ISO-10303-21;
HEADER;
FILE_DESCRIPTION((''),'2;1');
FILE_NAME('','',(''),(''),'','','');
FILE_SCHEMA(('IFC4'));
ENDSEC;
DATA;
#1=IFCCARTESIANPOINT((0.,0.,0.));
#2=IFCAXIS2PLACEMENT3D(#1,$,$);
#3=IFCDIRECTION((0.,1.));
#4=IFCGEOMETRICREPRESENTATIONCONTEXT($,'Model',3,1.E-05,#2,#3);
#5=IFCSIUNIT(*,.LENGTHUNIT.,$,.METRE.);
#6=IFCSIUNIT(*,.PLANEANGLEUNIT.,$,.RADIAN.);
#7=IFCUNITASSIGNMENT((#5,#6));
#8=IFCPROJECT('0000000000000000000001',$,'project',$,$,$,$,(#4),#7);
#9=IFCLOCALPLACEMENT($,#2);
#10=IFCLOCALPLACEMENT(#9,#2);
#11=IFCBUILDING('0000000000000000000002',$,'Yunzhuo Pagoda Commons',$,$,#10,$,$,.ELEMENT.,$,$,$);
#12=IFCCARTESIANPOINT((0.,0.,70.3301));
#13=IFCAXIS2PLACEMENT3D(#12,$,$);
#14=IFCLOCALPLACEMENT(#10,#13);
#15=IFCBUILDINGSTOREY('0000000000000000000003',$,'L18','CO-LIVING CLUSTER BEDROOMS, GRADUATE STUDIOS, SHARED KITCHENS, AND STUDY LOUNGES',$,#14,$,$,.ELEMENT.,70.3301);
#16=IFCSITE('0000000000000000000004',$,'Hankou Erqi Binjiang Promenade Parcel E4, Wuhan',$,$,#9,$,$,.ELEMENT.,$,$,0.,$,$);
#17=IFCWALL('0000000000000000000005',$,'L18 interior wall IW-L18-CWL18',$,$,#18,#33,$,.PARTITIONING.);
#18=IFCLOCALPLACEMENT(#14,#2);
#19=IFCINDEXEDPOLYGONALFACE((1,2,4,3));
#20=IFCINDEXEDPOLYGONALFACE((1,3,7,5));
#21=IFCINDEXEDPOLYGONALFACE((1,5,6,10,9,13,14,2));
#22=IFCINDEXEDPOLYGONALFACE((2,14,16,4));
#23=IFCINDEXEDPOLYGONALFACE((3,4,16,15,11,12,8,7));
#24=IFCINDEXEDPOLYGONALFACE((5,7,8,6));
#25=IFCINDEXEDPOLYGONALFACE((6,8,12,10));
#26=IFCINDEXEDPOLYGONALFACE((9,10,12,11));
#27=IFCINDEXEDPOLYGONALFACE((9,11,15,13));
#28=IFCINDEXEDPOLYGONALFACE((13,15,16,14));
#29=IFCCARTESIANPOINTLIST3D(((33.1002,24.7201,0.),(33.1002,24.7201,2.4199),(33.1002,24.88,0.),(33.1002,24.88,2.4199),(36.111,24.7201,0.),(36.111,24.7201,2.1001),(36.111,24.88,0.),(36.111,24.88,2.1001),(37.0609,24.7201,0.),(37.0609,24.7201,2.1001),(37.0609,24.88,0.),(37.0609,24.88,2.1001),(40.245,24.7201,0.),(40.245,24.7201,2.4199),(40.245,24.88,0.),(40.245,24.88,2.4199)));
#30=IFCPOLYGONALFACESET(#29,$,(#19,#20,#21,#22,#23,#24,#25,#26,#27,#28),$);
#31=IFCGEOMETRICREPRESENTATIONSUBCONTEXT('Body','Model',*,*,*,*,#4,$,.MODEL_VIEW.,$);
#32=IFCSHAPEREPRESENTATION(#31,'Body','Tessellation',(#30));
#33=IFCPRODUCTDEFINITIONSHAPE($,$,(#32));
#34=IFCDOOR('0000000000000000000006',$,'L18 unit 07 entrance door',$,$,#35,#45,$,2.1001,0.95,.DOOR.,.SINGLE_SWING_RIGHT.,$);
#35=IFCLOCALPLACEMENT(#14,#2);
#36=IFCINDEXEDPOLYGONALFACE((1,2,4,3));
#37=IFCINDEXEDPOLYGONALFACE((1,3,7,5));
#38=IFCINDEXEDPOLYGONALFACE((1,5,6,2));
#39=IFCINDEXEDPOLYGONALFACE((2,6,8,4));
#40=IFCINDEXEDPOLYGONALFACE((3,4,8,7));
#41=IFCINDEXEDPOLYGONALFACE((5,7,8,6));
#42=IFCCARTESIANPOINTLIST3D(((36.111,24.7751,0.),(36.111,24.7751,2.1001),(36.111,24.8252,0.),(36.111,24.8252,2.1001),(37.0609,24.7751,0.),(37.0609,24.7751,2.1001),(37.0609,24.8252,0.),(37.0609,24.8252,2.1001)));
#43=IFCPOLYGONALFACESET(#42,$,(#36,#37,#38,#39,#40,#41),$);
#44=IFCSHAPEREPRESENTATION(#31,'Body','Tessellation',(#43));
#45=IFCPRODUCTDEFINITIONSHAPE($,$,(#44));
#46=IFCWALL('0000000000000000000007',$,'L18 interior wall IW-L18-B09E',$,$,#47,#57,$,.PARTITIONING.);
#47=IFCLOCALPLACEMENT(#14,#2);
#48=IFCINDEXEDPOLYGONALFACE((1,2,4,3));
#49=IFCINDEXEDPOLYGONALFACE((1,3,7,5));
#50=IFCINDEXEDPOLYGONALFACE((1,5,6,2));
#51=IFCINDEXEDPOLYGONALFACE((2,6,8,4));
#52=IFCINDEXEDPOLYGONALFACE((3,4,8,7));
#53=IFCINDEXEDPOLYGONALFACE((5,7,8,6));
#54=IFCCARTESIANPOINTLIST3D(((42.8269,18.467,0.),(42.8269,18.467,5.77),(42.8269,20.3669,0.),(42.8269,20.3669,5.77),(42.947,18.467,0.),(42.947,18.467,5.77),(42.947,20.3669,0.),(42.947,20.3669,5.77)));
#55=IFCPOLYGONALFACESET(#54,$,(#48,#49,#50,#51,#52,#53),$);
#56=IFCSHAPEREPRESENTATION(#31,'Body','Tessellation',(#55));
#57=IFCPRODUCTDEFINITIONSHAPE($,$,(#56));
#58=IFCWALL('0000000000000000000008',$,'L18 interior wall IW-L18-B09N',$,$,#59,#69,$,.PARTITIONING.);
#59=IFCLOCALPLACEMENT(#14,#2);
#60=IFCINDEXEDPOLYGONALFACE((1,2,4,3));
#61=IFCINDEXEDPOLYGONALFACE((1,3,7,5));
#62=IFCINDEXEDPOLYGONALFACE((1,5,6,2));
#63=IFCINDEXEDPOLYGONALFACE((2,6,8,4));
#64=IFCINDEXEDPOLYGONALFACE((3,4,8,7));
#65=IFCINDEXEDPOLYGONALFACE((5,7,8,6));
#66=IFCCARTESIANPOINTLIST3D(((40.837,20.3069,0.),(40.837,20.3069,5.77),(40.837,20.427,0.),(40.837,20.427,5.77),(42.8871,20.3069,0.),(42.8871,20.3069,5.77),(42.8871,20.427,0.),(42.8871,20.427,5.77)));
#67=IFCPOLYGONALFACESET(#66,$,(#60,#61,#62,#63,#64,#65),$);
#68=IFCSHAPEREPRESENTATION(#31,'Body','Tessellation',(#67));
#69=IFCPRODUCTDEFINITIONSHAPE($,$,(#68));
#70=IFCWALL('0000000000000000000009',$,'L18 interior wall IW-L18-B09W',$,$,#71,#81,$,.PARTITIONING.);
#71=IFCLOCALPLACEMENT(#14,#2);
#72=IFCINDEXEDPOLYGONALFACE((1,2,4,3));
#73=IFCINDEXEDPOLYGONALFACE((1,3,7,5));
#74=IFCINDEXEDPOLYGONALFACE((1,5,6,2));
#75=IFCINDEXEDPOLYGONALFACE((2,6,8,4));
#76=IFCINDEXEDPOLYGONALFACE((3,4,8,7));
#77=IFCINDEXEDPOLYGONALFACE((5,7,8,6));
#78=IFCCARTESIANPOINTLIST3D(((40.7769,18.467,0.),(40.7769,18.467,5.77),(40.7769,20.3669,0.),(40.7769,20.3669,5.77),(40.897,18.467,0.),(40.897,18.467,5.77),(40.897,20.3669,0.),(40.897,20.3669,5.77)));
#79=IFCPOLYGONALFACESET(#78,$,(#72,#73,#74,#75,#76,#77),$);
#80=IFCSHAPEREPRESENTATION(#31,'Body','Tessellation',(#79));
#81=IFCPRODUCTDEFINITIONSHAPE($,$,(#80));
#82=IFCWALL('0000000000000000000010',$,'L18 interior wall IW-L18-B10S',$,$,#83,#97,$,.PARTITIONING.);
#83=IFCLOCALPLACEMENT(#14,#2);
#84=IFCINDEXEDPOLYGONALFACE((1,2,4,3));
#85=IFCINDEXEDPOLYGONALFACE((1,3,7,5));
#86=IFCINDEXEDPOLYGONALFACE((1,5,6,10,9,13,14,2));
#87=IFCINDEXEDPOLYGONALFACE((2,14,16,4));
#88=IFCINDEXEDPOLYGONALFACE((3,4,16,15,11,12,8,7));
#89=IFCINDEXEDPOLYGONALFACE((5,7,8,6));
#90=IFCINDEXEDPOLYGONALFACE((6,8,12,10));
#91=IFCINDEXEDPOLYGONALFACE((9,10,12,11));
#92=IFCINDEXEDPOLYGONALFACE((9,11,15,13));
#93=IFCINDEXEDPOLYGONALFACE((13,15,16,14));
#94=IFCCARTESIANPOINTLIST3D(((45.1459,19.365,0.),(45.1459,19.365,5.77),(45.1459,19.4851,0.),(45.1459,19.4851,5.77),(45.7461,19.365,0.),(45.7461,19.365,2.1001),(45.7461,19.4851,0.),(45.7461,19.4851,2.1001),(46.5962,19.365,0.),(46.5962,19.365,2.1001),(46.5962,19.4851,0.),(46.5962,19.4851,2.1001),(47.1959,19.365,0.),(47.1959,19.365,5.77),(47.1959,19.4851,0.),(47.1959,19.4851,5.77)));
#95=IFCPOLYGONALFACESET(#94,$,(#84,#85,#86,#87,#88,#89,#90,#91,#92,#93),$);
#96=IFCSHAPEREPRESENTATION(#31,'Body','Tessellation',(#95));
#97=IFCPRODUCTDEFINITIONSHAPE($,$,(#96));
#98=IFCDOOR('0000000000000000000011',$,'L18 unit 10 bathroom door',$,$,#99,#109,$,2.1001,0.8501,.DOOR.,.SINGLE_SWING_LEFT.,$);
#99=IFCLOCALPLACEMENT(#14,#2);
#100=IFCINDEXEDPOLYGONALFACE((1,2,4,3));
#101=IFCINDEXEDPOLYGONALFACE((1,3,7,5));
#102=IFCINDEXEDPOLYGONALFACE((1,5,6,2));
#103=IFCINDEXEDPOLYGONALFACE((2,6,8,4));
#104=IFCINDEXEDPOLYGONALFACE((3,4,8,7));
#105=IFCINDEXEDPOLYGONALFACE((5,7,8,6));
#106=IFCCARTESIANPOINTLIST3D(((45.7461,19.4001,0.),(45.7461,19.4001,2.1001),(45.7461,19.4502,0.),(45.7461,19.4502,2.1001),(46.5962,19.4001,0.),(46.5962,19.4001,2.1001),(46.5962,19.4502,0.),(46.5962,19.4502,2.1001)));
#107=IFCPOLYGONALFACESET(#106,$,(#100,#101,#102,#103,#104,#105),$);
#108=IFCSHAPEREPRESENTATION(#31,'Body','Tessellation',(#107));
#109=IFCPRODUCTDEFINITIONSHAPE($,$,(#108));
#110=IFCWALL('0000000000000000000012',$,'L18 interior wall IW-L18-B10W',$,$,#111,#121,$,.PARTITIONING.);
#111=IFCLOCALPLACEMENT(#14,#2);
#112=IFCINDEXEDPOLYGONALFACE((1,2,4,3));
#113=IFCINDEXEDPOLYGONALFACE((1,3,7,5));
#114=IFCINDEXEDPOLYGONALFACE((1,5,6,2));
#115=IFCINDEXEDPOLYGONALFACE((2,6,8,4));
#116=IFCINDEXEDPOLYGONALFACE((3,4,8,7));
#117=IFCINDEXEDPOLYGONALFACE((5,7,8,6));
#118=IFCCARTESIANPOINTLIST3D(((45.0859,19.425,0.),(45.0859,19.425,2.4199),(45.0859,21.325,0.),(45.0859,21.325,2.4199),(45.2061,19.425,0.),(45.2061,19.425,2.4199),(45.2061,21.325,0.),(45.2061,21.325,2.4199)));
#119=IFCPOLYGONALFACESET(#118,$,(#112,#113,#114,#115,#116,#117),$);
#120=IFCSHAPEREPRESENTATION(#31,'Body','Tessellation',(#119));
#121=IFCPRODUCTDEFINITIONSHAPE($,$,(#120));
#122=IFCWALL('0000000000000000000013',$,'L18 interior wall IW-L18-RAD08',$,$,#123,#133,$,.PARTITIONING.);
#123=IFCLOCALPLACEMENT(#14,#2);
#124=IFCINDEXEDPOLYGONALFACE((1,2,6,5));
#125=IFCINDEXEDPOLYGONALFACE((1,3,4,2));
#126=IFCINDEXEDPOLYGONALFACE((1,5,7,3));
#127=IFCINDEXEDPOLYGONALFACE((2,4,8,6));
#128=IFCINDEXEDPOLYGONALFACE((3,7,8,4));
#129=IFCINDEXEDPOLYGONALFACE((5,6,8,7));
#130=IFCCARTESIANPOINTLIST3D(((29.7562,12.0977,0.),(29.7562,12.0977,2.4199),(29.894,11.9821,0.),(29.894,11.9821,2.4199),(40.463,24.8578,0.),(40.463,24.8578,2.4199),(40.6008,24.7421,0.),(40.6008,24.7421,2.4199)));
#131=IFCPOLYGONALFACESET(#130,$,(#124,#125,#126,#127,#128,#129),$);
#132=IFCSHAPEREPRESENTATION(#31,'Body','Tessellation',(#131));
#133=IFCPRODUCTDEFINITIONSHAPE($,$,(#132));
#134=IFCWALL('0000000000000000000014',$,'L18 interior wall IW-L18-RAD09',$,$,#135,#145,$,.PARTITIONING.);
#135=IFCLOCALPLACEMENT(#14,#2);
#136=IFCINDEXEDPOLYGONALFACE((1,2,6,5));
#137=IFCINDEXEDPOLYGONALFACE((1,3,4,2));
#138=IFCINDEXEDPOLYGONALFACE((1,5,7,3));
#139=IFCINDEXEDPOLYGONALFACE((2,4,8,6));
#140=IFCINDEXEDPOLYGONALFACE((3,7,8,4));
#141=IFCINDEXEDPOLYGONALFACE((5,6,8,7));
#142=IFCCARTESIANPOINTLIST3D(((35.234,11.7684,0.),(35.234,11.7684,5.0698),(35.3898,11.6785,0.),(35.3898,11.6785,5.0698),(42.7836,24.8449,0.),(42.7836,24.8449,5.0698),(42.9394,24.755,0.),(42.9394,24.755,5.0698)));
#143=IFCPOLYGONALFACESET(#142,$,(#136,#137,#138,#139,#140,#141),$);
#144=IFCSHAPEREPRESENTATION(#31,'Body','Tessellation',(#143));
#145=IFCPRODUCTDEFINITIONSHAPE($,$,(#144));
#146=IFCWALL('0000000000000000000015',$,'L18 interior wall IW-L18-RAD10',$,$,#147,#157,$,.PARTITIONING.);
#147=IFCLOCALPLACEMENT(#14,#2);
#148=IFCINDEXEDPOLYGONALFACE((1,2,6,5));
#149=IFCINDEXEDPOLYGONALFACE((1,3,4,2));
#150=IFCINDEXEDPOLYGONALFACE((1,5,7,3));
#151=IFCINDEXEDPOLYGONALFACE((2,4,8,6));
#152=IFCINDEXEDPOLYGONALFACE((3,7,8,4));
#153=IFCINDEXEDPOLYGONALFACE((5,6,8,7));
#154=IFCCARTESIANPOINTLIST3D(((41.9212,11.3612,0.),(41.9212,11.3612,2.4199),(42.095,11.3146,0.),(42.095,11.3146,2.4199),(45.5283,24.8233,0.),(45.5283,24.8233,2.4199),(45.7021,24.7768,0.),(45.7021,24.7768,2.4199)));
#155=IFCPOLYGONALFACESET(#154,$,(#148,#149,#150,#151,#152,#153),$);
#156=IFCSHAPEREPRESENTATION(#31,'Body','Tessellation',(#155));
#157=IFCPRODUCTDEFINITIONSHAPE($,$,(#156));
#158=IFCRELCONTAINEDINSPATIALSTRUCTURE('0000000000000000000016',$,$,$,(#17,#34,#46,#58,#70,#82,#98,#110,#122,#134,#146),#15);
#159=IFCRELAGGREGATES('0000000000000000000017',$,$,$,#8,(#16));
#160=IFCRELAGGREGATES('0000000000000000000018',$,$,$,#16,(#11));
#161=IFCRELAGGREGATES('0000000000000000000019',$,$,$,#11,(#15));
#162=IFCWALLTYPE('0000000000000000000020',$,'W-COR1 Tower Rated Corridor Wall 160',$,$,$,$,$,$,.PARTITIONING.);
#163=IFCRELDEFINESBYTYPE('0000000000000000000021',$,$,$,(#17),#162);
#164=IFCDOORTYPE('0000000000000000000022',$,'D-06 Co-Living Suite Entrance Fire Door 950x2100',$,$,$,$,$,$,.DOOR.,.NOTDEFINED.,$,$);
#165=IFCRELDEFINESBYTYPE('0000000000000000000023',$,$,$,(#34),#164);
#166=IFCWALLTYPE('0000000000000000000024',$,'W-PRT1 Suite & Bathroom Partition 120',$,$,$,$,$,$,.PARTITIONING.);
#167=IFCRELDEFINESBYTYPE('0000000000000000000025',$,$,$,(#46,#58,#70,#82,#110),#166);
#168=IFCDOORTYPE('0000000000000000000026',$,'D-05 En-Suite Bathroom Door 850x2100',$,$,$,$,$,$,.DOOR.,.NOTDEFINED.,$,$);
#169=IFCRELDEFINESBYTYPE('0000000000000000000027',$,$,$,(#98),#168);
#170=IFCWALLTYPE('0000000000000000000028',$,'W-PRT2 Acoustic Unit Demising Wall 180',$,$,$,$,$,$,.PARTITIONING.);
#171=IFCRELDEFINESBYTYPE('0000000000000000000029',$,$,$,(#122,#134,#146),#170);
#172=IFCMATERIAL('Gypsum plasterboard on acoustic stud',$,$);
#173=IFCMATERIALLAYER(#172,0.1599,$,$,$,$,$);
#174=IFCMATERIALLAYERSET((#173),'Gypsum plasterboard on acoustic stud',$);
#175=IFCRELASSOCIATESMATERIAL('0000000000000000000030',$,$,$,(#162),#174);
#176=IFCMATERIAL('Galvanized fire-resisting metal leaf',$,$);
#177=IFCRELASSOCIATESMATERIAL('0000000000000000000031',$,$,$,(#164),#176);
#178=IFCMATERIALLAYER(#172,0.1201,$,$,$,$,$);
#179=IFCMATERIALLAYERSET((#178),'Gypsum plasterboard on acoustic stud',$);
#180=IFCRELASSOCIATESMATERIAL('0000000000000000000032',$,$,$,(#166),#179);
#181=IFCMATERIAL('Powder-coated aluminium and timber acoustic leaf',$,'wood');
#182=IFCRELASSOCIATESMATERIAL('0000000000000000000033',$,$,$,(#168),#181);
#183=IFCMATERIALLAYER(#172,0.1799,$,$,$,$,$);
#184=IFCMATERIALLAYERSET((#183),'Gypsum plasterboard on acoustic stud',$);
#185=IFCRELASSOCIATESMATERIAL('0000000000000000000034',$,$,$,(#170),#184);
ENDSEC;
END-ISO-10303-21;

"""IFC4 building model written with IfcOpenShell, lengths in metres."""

from ifc_helpers import new_model, si_unit, direction, frame, frame_2d, origin, origin_with_axes, place, context, subcontext, project, spatial, rectangle, extrude, source, transform, mapped, material, layer, layer_set, type_object, element, fill, save


model = new_model("IFC4")

# Units and contexts
model_context = context("Model", 3, precision=1e-05, world=origin(), true_north=direction((0.0, 1.0)))
body_context = subcontext(model_context, "Body", "Model", "MODEL_VIEW")
ifc_project = project(units=[si_unit("LENGTHUNIT", "METRE"), si_unit("PLANEANGLEUNIT", "RADIAN")], contexts=[model_context])

# Site, building, storey
site_placement = place(None, origin())
site = spatial("IfcSite", under=ifc_project, at=site_placement, Name="Hankou Erqi Binjiang Promenade Parcel E4, Wuhan", CompositionType="ELEMENT", RefElevation=0.0)
building_placement = place(site_placement, origin())
building = spatial("IfcBuilding", under=site, at=building_placement, Name="Yunzhuo Pagoda Commons", CompositionType="ELEMENT")
storey_placement = place(building_placement, frame((0.0, 0.0, 70.3301)))
storey = spatial("IfcBuildingStorey", under=building, at=storey_placement, Name="L18", Description="CO-LIVING CLUSTER BEDROOMS, GRADUATE STUDIOS, SHARED KITCHENS, AND STUDY LOUNGES", CompositionType="ELEMENT", Elevation=70.3301)

# Shared definitions
ifc_material_1 = material(Name="Gypsum plasterboard on acoustic stud")
ifc_layer_1 = layer(ifc_material_1, 0.1599)
ifc_layer_set_1 = layer_set([ifc_layer_1], Name="Gypsum plasterboard on acoustic stud")
wall_type_1 = type_object("IfcWallType", Name="W-COR1 Tower Rated Corridor Wall 160", PredefinedType="PARTITIONING", material=ifc_layer_set_1)
ifc_material_2 = material(Name="Galvanized fire-resisting metal leaf")

# Wall, opening, door
door_type_1 = type_object("IfcDoorType", Name="D-06 Co-Living Suite Entrance Fire Door 950x2100", OperationType="NOTDEFINED", PredefinedType="DOOR", material=ifc_material_2)
shared_shape_1 = source(origin(), body_context, "Body", "SweptSolid", [
    extrude(rectangle(XDim=0.95, YDim=2.1001, at=frame_2d((0.4751, 1.05))), frame((0.0, 0.0249, 0.0), z_axis=(0.0, -1.0, 0.0), x_axis=(1.0, 0.0, 0.0)), (0.0, 0.0, 1.0), 0.05),
])
wall_1_placement = place(storey_placement, frame((40.2449, 24.8, 0.0), z_axis=(0.0, 0.0, 1.0), x_axis=(-1.0, 0.0, 0.0)))
wall_1 = element("IfcWall", 1, at=wall_1_placement, inside=storey, type_object=wall_type_1, Name="L18 interior wall IW-L18-CWL18", PredefinedType="PARTITIONING", context=body_context, shape_type="SweptSolid", body=[
    extrude(rectangle(XDim=7.1448, YDim=0.1599, at=frame_2d((3.5723, 0.0))), origin(), (0.0, 0.0, 1.0), 2.4199),
])
opening_1_placement = place(wall_1_placement, frame((3.1838, 0.0, 0.0)))
opening_1 = element("IfcOpeningElement", 2, at=opening_1_placement, cuts=wall_1, PredefinedType="OPENING", context=body_context, shape_type="SweptSolid", body=[
    extrude(rectangle(XDim=0.95, YDim=2.1001, at=frame_2d((0.4751, 1.05))), frame((0.0, 0.0898, 0.0), z_axis=(0.0, -1.0, 0.0), x_axis=(1.0, 0.0, 0.0)), (0.0, 0.0, 1.0), 0.1799),
])
door_1_placement = place(opening_1_placement, origin_with_axes())
door_1 = element("IfcDoor", 3, at=door_1_placement, inside=storey, type_object=door_type_1, Name="L18 unit 07 entrance door", OperationType="SINGLE_SWING_RIGHT", OverallHeight=2.1001, OverallWidth=0.95, PredefinedType="DOOR", context=body_context, shape_type="MappedRepresentation", body=[
    mapped(shared_shape_1, transform((0.0, 0.0, 0.0), scale=1.0)),
])
fill(opening_1, door_1)

# Walls
ifc_layer_2 = layer(ifc_material_1, 0.1201)
ifc_layer_set_2 = layer_set([ifc_layer_2], Name="Gypsum plasterboard on acoustic stud")
wall_type_2 = type_object("IfcWallType", Name="W-PRT1 Suite & Bathroom Partition 120", PredefinedType="PARTITIONING", material=ifc_layer_set_2)
wall_2_placement = place(storey_placement, frame((42.887, 18.467, 0.0), z_axis=(0.0, 0.0, 1.0), x_axis=(0.0, 1.0, 0.0)))
element("IfcWall", 4, at=wall_2_placement, inside=storey, type_object=wall_type_2, Name="L18 interior wall IW-L18-B09E", PredefinedType="PARTITIONING", context=body_context, shape_type="SweptSolid", body=[
    extrude(rectangle(XDim=1.8999, YDim=0.1201, at=frame_2d((0.95, 0.0))), origin(), (0.0, 0.0, 1.0), 5.77),
])
wall_3_placement = place(storey_placement, frame((42.887, 20.3669, 0.0), z_axis=(0.0, 0.0, 1.0), x_axis=(-1.0, 0.0, 0.0)))
element("IfcWall", 5, at=wall_3_placement, inside=storey, type_object=wall_type_2, Name="L18 interior wall IW-L18-B09N", PredefinedType="PARTITIONING", context=body_context, shape_type="SweptSolid", body=[
    extrude(rectangle(XDim=2.05, YDim=0.1201, at=frame_2d((1.0249, 0.0))), origin(), (0.0, 0.0, 1.0), 5.77),
])
wall_4_placement = place(storey_placement, frame((40.8369, 20.3669, 0.0), z_axis=(0.0, 0.0, 1.0), x_axis=(0.0, -1.0, 0.0)))
element("IfcWall", 6, at=wall_4_placement, inside=storey, type_object=wall_type_2, Name="L18 interior wall IW-L18-B09W", PredefinedType="PARTITIONING", context=body_context, shape_type="SweptSolid", body=[
    extrude(rectangle(XDim=1.8999, YDim=0.1201, at=frame_2d((0.95, 0.0))), origin(), (0.0, 0.0, 1.0), 5.77),
])

# Wall, opening, door
wall_5_placement = place(storey_placement, frame((45.146, 19.425, 0.0), z_axis=(0.0, 0.0, 1.0), x_axis=(1.0, 0.0, 0.0)))
wall_5 = element("IfcWall", 7, at=wall_5_placement, inside=storey, type_object=wall_type_2, Name="L18 interior wall IW-L18-B10S", PredefinedType="PARTITIONING", context=body_context, shape_type="SweptSolid", body=[
    extrude(rectangle(XDim=2.05, YDim=0.1201, at=frame_2d((1.0249, 0.0))), origin(), (0.0, 0.0, 1.0), 5.77),
])
opening_2_placement = place(wall_5_placement, frame((0.6001, 0.0, 0.0)))
opening_2 = element("IfcOpeningElement", 8, at=opening_2_placement, cuts=wall_5, PredefinedType="OPENING", context=body_context, shape_type="SweptSolid", body=[
    extrude(rectangle(XDim=0.8501, YDim=2.1001, at=frame_2d((0.425, 1.05))), frame((0.0, 0.0701, 0.0), z_axis=(0.0, -1.0, 0.0), x_axis=(1.0, 0.0, 0.0)), (0.0, 0.0, 1.0), 0.1401),
])
ifc_material_3 = material(Name="Powder-coated aluminium and timber acoustic leaf", Category="wood")
door_type_2 = type_object("IfcDoorType", Name="D-05 En-Suite Bathroom Door 850x2100", OperationType="NOTDEFINED", PredefinedType="DOOR", material=ifc_material_3)
shared_shape_2 = source(origin(), body_context, "Body", "SweptSolid", [
    extrude(rectangle(XDim=0.8501, YDim=2.1001, at=frame_2d((0.425, 1.05))), frame((0.0, 0.0249, 0.0), z_axis=(0.0, -1.0, 0.0), x_axis=(1.0, 0.0, 0.0)), (0.0, 0.0, 1.0), 0.05),
])
door_2_placement = place(opening_2_placement, frame((0.8501, 0.0, 0.0), z_axis=(0.0, 0.0, 1.0), x_axis=(-1.0, 0.0, 0.0)))
door_2 = element("IfcDoor", 9, at=door_2_placement, inside=storey, type_object=door_type_2, Name="L18 unit 10 bathroom door", OperationType="SINGLE_SWING_LEFT", OverallHeight=2.1001, OverallWidth=0.8501, PredefinedType="DOOR", context=body_context, shape_type="MappedRepresentation", body=[
    mapped(shared_shape_2, transform((0.0, 0.0, 0.0), scale=1.0)),
])
fill(opening_2, door_2)

# Walls
wall_6_placement = place(storey_placement, frame((45.146, 21.325, 0.0), z_axis=(0.0, 0.0, 1.0), x_axis=(0.0, -1.0, 0.0)))
element("IfcWall", 10, at=wall_6_placement, inside=storey, type_object=wall_type_2, Name="L18 interior wall IW-L18-B10W", PredefinedType="PARTITIONING", context=body_context, shape_type="SweptSolid", body=[
    extrude(rectangle(XDim=1.8999, YDim=0.1201, at=frame_2d((0.95, 0.0))), origin(), (0.0, 0.0, 1.0), 2.4199),
])
ifc_layer_3 = layer(ifc_material_1, 0.1799)
ifc_layer_set_3 = layer_set([ifc_layer_3], Name="Gypsum plasterboard on acoustic stud")
wall_type_3 = type_object("IfcWallType", Name="W-PRT2 Acoustic Unit Demising Wall 180", PredefinedType="PARTITIONING", material=ifc_layer_set_3)
wall_7_placement = place(storey_placement, frame((40.532, 24.8, 0.0), z_axis=(0.0, 0.0, 1.0), x_axis=(-0.642783, -0.766048, 0.0)))
element("IfcWall", 11, at=wall_7_placement, inside=storey, type_object=wall_type_3, Name="L18 interior wall IW-L18-RAD08", PredefinedType="PARTITIONING", context=body_context, shape_type="SweptSolid", body=[
    extrude(rectangle(XDim=16.657, YDim=0.1799, at=frame_2d((8.3286, 0.0))), origin(), (0.0, 0.0, 1.0), 2.4199),
])
wall_8_placement = place(storey_placement, frame((42.8616, 24.8, 0.0), z_axis=(0.0, 0.0, 1.0), x_axis=(-0.499994, -0.866029, 0.0)))
element("IfcWall", 12, at=wall_8_placement, inside=storey, type_object=wall_type_3, Name="L18 interior wall IW-L18-RAD09", PredefinedType="PARTITIONING", context=body_context, shape_type="SweptSolid", body=[
    extrude(rectangle(XDim=15.0994, YDim=0.1799, at=frame_2d((7.5498, 0.0))), origin(), (0.0, 0.0, 1.0), 5.0698),
])
wall_9_placement = place(storey_placement, frame((45.6152, 24.8, 0.0), z_axis=(0.0, 0.0, 1.0), x_axis=(-0.258819, -0.965926, 0.0)))
element("IfcWall", 13, at=wall_9_placement, inside=storey, type_object=wall_type_3, Name="L18 interior wall IW-L18-RAD10", PredefinedType="PARTITIONING", context=body_context, shape_type="SweptSolid", body=[
    extrude(rectangle(XDim=13.937, YDim=0.1799, at=frame_2d((6.9685, 0.0))), origin(), (0.0, 0.0, 1.0), 2.4199),
])

save(model, "model.ifc")
